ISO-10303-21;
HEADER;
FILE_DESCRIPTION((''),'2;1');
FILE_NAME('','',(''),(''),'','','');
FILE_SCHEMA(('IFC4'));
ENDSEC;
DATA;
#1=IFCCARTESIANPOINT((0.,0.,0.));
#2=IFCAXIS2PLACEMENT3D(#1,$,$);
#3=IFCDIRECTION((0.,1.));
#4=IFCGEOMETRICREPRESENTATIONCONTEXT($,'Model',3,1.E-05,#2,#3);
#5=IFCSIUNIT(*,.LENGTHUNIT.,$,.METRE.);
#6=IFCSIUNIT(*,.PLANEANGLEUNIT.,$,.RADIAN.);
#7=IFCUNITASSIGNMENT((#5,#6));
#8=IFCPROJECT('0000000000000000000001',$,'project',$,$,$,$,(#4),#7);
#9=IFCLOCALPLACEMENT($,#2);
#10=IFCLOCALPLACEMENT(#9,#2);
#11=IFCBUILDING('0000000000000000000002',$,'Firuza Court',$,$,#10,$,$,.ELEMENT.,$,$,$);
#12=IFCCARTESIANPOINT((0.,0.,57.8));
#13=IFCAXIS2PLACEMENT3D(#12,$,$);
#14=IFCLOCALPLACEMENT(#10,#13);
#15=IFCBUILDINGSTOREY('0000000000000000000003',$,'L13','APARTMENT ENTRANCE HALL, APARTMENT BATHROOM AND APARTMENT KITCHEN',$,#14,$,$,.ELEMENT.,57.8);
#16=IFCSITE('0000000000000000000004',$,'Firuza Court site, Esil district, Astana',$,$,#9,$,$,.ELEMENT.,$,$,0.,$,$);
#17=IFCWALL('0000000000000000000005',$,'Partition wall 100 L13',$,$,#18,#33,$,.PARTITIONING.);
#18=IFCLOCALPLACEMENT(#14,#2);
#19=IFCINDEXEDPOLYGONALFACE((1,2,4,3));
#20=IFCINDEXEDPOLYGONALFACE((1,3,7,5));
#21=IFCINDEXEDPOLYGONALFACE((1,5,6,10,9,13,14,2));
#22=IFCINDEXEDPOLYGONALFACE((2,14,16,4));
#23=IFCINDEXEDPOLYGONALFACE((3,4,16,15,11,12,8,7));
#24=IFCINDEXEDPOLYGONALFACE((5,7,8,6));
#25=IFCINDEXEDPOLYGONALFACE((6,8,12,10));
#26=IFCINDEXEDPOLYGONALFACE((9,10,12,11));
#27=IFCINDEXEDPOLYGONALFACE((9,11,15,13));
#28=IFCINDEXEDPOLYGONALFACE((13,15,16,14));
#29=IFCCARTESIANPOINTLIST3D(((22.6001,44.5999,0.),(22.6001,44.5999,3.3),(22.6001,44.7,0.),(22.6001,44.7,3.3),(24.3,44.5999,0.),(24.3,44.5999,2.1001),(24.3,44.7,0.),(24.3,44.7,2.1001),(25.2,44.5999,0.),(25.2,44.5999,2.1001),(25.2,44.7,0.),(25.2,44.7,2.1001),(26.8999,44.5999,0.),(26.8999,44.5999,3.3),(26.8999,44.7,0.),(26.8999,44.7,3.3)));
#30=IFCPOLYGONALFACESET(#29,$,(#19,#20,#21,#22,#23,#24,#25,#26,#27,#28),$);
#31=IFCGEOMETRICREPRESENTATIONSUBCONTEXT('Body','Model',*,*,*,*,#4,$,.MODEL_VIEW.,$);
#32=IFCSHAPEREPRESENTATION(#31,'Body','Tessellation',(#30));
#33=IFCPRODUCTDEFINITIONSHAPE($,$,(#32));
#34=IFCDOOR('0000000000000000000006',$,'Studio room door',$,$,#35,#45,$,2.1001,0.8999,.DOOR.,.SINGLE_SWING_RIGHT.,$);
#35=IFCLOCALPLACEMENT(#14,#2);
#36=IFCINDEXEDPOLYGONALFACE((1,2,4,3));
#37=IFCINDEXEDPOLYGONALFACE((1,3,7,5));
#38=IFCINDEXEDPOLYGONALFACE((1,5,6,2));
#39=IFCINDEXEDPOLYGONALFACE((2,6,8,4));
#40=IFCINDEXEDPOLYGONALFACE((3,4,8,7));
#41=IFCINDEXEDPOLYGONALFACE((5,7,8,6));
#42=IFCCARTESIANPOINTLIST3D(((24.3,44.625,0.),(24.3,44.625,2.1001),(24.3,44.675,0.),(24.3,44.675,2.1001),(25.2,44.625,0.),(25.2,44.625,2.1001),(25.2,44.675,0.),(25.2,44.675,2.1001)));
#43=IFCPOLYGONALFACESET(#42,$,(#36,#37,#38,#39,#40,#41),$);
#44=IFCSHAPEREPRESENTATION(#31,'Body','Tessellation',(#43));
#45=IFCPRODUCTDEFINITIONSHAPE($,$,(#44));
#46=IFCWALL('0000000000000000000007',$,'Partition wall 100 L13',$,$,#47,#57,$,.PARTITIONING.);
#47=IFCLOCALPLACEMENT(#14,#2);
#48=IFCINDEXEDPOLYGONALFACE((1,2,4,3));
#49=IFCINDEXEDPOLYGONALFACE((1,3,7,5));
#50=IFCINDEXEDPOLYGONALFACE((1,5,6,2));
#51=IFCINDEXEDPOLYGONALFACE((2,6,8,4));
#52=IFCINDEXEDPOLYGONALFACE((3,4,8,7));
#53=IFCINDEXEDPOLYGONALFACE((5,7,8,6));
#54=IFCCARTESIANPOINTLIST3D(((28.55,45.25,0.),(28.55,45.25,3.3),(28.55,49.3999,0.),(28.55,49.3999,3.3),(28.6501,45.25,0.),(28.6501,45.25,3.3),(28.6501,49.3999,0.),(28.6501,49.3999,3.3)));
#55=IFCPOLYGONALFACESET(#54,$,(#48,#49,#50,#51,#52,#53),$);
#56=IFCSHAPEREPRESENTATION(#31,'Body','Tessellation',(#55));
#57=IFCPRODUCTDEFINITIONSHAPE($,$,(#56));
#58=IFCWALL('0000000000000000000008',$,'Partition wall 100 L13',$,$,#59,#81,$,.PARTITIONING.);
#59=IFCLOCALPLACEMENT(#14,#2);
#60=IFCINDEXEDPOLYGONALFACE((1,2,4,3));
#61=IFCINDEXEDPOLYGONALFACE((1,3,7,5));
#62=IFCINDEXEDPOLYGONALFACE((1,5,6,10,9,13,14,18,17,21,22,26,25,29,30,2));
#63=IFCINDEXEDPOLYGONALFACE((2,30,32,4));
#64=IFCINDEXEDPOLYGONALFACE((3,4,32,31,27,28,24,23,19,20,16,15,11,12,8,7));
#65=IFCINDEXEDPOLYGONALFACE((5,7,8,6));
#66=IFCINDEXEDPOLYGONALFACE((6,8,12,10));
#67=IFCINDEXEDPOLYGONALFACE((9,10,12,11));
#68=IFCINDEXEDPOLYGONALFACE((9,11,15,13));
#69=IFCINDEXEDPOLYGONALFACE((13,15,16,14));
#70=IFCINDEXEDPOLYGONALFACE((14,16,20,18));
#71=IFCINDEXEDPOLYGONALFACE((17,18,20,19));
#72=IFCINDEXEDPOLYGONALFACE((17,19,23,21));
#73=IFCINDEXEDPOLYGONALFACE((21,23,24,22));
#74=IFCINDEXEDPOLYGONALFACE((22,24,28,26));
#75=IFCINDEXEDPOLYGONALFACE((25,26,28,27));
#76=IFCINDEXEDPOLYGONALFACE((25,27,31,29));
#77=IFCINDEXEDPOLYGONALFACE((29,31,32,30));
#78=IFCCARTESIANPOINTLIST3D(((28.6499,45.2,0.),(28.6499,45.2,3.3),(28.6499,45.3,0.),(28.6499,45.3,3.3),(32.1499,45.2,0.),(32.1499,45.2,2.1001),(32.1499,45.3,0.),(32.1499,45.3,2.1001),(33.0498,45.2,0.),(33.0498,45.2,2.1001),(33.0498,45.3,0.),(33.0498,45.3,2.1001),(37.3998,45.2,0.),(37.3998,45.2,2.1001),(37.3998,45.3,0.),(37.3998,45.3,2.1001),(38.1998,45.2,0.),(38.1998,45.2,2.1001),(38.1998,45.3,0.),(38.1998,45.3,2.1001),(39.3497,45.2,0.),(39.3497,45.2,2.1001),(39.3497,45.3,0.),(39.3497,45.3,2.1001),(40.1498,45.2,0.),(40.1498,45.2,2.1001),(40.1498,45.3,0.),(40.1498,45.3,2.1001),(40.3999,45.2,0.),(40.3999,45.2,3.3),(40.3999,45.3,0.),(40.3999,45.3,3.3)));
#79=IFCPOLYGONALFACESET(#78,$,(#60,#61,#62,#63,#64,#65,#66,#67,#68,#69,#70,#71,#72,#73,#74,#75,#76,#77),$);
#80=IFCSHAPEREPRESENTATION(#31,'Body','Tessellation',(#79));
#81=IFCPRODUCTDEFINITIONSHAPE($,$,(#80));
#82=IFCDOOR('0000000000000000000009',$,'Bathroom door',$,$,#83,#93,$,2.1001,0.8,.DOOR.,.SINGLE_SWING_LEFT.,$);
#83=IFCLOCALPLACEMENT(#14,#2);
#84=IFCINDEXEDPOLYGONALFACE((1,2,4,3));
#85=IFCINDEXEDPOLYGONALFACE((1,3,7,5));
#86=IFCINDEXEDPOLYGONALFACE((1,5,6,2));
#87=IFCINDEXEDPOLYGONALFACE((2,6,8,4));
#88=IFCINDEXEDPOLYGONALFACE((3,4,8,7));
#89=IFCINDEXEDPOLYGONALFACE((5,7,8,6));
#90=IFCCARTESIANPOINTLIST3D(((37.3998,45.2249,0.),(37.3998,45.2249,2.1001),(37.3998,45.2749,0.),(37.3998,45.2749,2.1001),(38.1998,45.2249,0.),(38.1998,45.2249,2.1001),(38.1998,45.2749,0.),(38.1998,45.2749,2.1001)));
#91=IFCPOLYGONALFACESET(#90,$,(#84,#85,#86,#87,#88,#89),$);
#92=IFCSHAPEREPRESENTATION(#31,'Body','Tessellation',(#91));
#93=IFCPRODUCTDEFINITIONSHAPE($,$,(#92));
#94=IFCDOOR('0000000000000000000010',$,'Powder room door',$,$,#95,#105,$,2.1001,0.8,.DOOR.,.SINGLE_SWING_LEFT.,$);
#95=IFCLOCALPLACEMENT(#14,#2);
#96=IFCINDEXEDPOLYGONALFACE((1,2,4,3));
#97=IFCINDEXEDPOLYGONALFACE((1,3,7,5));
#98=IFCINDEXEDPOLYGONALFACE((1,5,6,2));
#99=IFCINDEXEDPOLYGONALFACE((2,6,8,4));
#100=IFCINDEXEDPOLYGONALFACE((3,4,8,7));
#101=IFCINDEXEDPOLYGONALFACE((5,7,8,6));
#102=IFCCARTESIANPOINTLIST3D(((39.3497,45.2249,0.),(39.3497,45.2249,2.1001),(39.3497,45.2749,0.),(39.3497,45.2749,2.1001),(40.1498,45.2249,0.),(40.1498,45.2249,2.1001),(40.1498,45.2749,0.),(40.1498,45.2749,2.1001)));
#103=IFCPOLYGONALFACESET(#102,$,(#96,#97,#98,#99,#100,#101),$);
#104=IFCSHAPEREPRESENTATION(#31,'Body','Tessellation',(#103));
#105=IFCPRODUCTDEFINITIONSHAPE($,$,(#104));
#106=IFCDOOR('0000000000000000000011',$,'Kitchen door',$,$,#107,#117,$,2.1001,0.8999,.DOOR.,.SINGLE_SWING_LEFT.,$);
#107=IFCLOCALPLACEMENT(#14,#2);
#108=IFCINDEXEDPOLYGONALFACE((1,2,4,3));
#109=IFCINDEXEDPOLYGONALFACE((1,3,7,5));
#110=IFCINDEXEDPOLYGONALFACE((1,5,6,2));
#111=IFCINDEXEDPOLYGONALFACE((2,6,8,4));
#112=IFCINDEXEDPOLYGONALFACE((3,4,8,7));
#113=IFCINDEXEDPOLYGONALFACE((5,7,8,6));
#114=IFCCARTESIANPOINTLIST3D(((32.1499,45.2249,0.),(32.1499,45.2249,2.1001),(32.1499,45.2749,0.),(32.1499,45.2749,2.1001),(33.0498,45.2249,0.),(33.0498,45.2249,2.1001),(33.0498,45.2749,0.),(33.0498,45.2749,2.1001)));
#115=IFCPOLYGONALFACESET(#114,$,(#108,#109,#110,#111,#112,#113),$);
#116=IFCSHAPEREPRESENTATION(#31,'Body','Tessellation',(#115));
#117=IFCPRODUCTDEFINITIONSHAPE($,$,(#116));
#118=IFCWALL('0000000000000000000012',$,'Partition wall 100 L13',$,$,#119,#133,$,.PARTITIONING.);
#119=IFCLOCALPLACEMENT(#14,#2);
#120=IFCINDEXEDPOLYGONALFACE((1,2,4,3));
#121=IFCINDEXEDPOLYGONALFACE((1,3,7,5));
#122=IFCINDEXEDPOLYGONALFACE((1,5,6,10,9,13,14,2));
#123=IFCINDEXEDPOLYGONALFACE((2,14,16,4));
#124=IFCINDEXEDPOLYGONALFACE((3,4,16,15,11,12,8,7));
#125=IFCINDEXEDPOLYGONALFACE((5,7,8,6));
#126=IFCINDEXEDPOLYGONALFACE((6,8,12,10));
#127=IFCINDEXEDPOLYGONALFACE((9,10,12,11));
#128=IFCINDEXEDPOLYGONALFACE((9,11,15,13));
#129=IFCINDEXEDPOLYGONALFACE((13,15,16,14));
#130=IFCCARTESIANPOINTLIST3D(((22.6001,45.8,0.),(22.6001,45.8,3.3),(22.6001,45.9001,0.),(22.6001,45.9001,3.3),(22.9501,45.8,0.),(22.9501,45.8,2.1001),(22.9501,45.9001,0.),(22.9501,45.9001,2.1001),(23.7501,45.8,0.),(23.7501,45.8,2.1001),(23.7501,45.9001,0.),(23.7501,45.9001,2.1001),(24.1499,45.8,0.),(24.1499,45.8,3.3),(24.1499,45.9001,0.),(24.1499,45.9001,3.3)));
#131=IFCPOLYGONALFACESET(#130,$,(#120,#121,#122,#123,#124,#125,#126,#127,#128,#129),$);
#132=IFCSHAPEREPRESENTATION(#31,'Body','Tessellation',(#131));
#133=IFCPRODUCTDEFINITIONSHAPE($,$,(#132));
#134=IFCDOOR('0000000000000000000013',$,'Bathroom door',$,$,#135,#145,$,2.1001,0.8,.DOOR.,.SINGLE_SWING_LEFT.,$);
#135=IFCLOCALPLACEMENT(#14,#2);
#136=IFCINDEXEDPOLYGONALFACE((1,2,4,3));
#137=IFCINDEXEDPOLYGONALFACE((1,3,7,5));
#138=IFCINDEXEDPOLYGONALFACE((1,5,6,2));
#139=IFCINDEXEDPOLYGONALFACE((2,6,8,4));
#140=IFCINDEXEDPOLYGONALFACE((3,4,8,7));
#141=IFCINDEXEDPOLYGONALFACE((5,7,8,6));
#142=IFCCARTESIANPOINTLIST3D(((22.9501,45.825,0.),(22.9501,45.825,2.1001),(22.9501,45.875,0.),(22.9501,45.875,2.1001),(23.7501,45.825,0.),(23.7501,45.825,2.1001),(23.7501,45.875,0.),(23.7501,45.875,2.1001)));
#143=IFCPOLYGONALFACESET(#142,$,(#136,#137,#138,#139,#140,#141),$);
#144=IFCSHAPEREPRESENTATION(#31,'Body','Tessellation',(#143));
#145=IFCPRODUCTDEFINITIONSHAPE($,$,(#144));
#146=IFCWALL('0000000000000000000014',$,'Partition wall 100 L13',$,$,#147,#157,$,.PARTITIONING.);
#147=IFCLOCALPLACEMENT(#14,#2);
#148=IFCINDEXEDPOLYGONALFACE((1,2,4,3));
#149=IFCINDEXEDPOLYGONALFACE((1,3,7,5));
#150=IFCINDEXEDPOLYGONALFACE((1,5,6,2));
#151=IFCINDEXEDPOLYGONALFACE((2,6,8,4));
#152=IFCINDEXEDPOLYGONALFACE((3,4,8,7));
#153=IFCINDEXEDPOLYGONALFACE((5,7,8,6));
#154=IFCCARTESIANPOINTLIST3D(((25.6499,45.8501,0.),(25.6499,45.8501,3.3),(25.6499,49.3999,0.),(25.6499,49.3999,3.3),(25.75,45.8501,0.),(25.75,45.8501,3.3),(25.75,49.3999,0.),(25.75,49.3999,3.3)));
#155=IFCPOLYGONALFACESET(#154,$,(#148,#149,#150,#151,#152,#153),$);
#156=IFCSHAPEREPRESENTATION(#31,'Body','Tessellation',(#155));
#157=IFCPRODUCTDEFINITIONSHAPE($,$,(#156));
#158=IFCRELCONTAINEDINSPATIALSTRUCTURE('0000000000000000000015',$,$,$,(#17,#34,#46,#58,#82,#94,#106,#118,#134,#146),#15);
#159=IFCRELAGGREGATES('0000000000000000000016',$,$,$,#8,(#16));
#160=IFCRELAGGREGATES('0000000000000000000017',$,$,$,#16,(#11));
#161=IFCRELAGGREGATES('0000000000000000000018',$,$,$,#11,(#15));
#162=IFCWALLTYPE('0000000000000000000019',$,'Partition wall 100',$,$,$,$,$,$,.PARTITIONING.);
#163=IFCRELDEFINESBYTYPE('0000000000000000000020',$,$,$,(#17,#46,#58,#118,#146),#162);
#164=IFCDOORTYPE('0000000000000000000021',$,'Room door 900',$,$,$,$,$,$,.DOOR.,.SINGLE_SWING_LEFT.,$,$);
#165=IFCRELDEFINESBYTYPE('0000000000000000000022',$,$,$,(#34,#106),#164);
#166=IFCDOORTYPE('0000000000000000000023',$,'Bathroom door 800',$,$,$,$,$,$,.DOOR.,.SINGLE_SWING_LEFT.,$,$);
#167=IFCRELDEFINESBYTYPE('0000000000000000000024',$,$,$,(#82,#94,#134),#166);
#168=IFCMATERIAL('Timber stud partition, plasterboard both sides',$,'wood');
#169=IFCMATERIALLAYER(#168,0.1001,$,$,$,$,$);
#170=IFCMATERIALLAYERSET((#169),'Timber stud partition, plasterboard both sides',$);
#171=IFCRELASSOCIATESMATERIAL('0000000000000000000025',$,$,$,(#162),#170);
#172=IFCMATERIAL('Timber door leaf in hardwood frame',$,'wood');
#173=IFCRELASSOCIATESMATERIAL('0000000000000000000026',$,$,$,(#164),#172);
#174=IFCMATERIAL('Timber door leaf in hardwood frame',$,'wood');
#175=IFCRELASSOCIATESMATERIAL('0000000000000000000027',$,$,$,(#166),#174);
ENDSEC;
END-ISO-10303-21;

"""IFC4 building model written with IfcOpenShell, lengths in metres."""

from ifc_helpers import new_model, si_unit, direction, frame, frame_2d, origin, place, context, subcontext, project, spatial, rectangle, extrude, material, layer, layer_set, type_object, element, fill, save


model = new_model("IFC4")

# Units and contexts
model_context = context("Model", 3, precision=1e-05, world=origin(), true_north=direction((0.0, 1.0)))
body_context = subcontext(model_context, "Body", "Model", "MODEL_VIEW")
ifc_project = project(units=[si_unit("LENGTHUNIT", "METRE"), si_unit("PLANEANGLEUNIT", "RADIAN")], contexts=[model_context])

# Site, building, storey
site_placement = place(None, origin())
site = spatial("IfcSite", under=ifc_project, at=site_placement, Name="Firuza Court site, Esil district, Astana", CompositionType="ELEMENT", RefElevation=0.0)
building_placement = place(site_placement, origin())
building = spatial("IfcBuilding", under=site, at=building_placement, Name="Firuza Court", CompositionType="ELEMENT")
storey_placement = place(building_placement, frame((0.0, 0.0, 57.8)))
storey = spatial("IfcBuildingStorey", under=building, at=storey_placement, Name="L13", Description="APARTMENT ENTRANCE HALL, APARTMENT BATHROOM AND APARTMENT KITCHEN", CompositionType="ELEMENT", Elevation=57.8)

# Shared definitions
ifc_material_1 = material(Name="Timber stud partition, plasterboard both sides", Category="wood")
ifc_layer_1 = layer(ifc_material_1, 0.1001)
ifc_layer_set_1 = layer_set([ifc_layer_1], Name="Timber stud partition, plasterboard both sides")
wall_type_1 = type_object("IfcWallType", Name="Partition wall 100", PredefinedType="PARTITIONING", material=ifc_layer_set_1)

# Shared definitions
ifc_material_2 = material(Name="Timber door leaf in hardwood frame", Category="wood")
door_type_1 = type_object("IfcDoorType", Name="Room door 900", OperationType="SINGLE_SWING_LEFT", PredefinedType="DOOR", material=ifc_material_2)

# Wall, opening, door
wall_1_placement = place(storey_placement, frame((22.6001, 44.6499, 0.0), z_axis=(0.0, 0.0, 1.0), x_axis=(1.0, 0.0, 0.0)))
wall_1 = element("IfcWall", 1, at=wall_1_placement, inside=storey, type_object=wall_type_1, Name="Partition wall 100 L13", PredefinedType="PARTITIONING", context=body_context, shape_type="SweptSolid", body=[
    extrude(rectangle(XDim=4.2998, YDim=0.1001, at=frame_2d((2.1499, 0.0))), origin(), (0.0, 0.0, 1.0), 3.3),
])
opening_1_placement = place(wall_1_placement, frame((1.7, 0.0, 0.0)))
opening_1 = element("IfcOpeningElement", 2, at=opening_1_placement, cuts=wall_1, PredefinedType="OPENING", context=body_context, shape_type="SweptSolid", body=[
    extrude(rectangle(XDim=0.8999, YDim=2.1001, at=frame_2d((0.45, 1.05))), frame((0.0, 0.062, 0.0), z_axis=(0.0, -1.0, 0.0), x_axis=(1.0, 0.0, 0.0)), (0.0, 0.0, 1.0), 0.124),
])
door_1_placement = place(opening_1_placement, frame((0.8999, 0.0, 0.0), z_axis=(0.0, 0.0, 1.0), x_axis=(-1.0, 0.0, 0.0)))
door_1 = element("IfcDoor", 3, at=door_1_placement, inside=storey, type_object=door_type_1, Name="Studio room door", OperationType="SINGLE_SWING_RIGHT", OverallHeight=2.1001, OverallWidth=0.8999, PredefinedType="DOOR", context=body_context, shape_type="SweptSolid", body=[
    extrude(rectangle(XDim=0.8999, YDim=2.1001, at=frame_2d((0.45, 1.05))), frame((0.0, 0.0249, 0.0), z_axis=(0.0, -1.0, 0.0), x_axis=(1.0, 0.0, 0.0)), (0.0, 0.0, 1.0), 0.05),
])
fill(opening_1, door_1)

# Wall
wall_2_placement = place(storey_placement, frame((28.6001, 45.25, 0.0), z_axis=(0.0, 0.0, 1.0), x_axis=(0.0, 1.0, 0.0)))
element("IfcWall", 4, at=wall_2_placement, inside=storey, type_object=wall_type_1, Name="Partition wall 100 L13", PredefinedType="PARTITIONING", context=body_context, shape_type="SweptSolid", body=[
    extrude(rectangle(XDim=4.1499, YDim=0.1001, at=frame_2d((2.075, 0.0))), origin(), (0.0, 0.0, 1.0), 3.3),
])

# Wall, openings, doors
wall_3_placement = place(storey_placement, frame((28.6499, 45.25, 0.0), z_axis=(0.0, 0.0, 1.0), x_axis=(1.0, 0.0, 0.0)))
wall_3 = element("IfcWall", 5, at=wall_3_placement, inside=storey, type_object=wall_type_1, Name="Partition wall 100 L13", PredefinedType="PARTITIONING", context=body_context, shape_type="SweptSolid", body=[
    extrude(rectangle(XDim=11.75, YDim=0.1001, at=frame_2d((5.875, 0.0))), origin(), (0.0, 0.0, 1.0), 3.3),
])
opening_2_placement = place(wall_3_placement, frame((8.75, 0.0, 0.0)))
opening_2 = element("IfcOpeningElement", 6, at=opening_2_placement, cuts=wall_3, PredefinedType="OPENING", context=body_context, shape_type="SweptSolid", body=[
    extrude(rectangle(XDim=0.8, YDim=2.1001, at=frame_2d((0.3999, 1.05))), frame((0.0, 0.062, 0.0), z_axis=(0.0, -1.0, 0.0), x_axis=(1.0, 0.0, 0.0)), (0.0, 0.0, 1.0), 0.124),
])
opening_3_placement = place(wall_3_placement, frame((3.5, 0.0, 0.0)))
opening_3 = element("IfcOpeningElement", 7, at=opening_3_placement, cuts=wall_3, PredefinedType="OPENING", context=body_context, shape_type="SweptSolid", body=[
    extrude(rectangle(XDim=0.8999, YDim=2.1001, at=frame_2d((0.45, 1.05))), frame((0.0, 0.062, 0.0), z_axis=(0.0, -1.0, 0.0), x_axis=(1.0, 0.0, 0.0)), (0.0, 0.0, 1.0), 0.124),
])
opening_4_placement = place(wall_3_placement, frame((10.7, 0.0, 0.0)))
opening_4 = element("IfcOpeningElement", 8, at=opening_4_placement, cuts=wall_3, PredefinedType="OPENING", context=body_context, shape_type="SweptSolid", body=[
    extrude(rectangle(XDim=0.8, YDim=2.1001, at=frame_2d((0.3999, 1.05))), frame((0.0, 0.062, 0.0), z_axis=(0.0, -1.0, 0.0), x_axis=(1.0, 0.0, 0.0)), (0.0, 0.0, 1.0), 0.124),
])
ifc_material_3 = material(Name="Timber door leaf in hardwood frame", Category="wood")
door_type_2 = type_object("IfcDoorType", Name="Bathroom door 800", OperationType="SINGLE_SWING_LEFT", PredefinedType="DOOR", material=ifc_material_3)
door_2_placement = place(opening_2_placement, origin())
door_2 = element("IfcDoor", 9, at=door_2_placement, inside=storey, type_object=door_type_2, Name="Bathroom door", OperationType="SINGLE_SWING_LEFT", OverallHeight=2.1001, OverallWidth=0.8, PredefinedType="DOOR", context=body_context, shape_type="SweptSolid", body=[
    extrude(rectangle(XDim=0.8, YDim=2.1001, at=frame_2d((0.3999, 1.05))), frame((0.0, 0.0249, 0.0), z_axis=(0.0, -1.0, 0.0), x_axis=(1.0, 0.0, 0.0)), (0.0, 0.0, 1.0), 0.05),
])
fill(opening_2, door_2)
door_3_placement = place(opening_4_placement, origin())
door_3 = element("IfcDoor", 10, at=door_3_placement, inside=storey, type_object=door_type_2, Name="Powder room door", OperationType="SINGLE_SWING_LEFT", OverallHeight=2.1001, OverallWidth=0.8, PredefinedType="DOOR", context=body_context, shape_type="SweptSolid", body=[
    extrude(rectangle(XDim=0.8, YDim=2.1001, at=frame_2d((0.3999, 1.05))), frame((0.0, 0.0249, 0.0), z_axis=(0.0, -1.0, 0.0), x_axis=(1.0, 0.0, 0.0)), (0.0, 0.0, 1.0), 0.05),
])
fill(opening_4, door_3)
door_4_placement = place(opening_3_placement, origin())
door_4 = element("IfcDoor", 11, at=door_4_placement, inside=storey, type_object=door_type_1, Name="Kitchen door", OperationType="SINGLE_SWING_LEFT", OverallHeight=2.1001, OverallWidth=0.8999, PredefinedType="DOOR", context=body_context, shape_type="SweptSolid", body=[
    extrude(rectangle(XDim=0.8999, YDim=2.1001, at=frame_2d((0.45, 1.05))), frame((0.0, 0.0249, 0.0), z_axis=(0.0, -1.0, 0.0), x_axis=(1.0, 0.0, 0.0)), (0.0, 0.0, 1.0), 0.05),
])
fill(opening_3, door_4)

# Wall, opening, door
wall_4_placement = place(storey_placement, frame((22.6001, 45.8501, 0.0), z_axis=(0.0, 0.0, 1.0), x_axis=(1.0, 0.0, 0.0)))
wall_4 = element("IfcWall", 12, at=wall_4_placement, inside=storey, type_object=wall_type_1, Name="Partition wall 100 L13", PredefinedType="PARTITIONING", context=body_context, shape_type="SweptSolid", body=[
    extrude(rectangle(XDim=1.5498, YDim=0.1001, at=frame_2d((0.7749, 0.0))), origin(), (0.0, 0.0, 1.0), 3.3),
])
opening_5_placement = place(wall_4_placement, frame((0.3501, 0.0, 0.0)))
opening_5 = element("IfcOpeningElement", 13, at=opening_5_placement, cuts=wall_4, PredefinedType="OPENING", context=body_context, shape_type="SweptSolid", body=[
    extrude(rectangle(XDim=0.8, YDim=2.1001, at=frame_2d((0.3999, 1.05))), frame((0.0, 0.062, 0.0), z_axis=(0.0, -1.0, 0.0), x_axis=(1.0, 0.0, 0.0)), (0.0, 0.0, 1.0), 0.124),
])
door_5_placement = place(opening_5_placement, origin())
door_5 = element("IfcDoor", 14, at=door_5_placement, inside=storey, type_object=door_type_2, Name="Bathroom door", OperationType="SINGLE_SWING_LEFT", OverallHeight=2.1001, OverallWidth=0.8, PredefinedType="DOOR", context=body_context, shape_type="SweptSolid", body=[
    extrude(rectangle(XDim=0.8, YDim=2.1001, at=frame_2d((0.3999, 1.05))), frame((0.0, 0.0249, 0.0), z_axis=(0.0, -1.0, 0.0), x_axis=(1.0, 0.0, 0.0)), (0.0, 0.0, 1.0), 0.05),
])
fill(opening_5, door_5)

# Wall
wall_5_placement = place(storey_placement, frame((25.7, 45.8501, 0.0), z_axis=(0.0, 0.0, 1.0), x_axis=(0.0, 1.0, 0.0)))
element("IfcWall", 15, at=wall_5_placement, inside=storey, type_object=wall_type_1, Name="Partition wall 100 L13", PredefinedType="PARTITIONING", context=body_context, shape_type="SweptSolid", body=[
    extrude(rectangle(XDim=3.5498, YDim=0.1001, at=frame_2d((1.7749, 0.0))), origin(), (0.0, 0.0, 1.0), 3.3),
])

save(model, "model.ifc")
